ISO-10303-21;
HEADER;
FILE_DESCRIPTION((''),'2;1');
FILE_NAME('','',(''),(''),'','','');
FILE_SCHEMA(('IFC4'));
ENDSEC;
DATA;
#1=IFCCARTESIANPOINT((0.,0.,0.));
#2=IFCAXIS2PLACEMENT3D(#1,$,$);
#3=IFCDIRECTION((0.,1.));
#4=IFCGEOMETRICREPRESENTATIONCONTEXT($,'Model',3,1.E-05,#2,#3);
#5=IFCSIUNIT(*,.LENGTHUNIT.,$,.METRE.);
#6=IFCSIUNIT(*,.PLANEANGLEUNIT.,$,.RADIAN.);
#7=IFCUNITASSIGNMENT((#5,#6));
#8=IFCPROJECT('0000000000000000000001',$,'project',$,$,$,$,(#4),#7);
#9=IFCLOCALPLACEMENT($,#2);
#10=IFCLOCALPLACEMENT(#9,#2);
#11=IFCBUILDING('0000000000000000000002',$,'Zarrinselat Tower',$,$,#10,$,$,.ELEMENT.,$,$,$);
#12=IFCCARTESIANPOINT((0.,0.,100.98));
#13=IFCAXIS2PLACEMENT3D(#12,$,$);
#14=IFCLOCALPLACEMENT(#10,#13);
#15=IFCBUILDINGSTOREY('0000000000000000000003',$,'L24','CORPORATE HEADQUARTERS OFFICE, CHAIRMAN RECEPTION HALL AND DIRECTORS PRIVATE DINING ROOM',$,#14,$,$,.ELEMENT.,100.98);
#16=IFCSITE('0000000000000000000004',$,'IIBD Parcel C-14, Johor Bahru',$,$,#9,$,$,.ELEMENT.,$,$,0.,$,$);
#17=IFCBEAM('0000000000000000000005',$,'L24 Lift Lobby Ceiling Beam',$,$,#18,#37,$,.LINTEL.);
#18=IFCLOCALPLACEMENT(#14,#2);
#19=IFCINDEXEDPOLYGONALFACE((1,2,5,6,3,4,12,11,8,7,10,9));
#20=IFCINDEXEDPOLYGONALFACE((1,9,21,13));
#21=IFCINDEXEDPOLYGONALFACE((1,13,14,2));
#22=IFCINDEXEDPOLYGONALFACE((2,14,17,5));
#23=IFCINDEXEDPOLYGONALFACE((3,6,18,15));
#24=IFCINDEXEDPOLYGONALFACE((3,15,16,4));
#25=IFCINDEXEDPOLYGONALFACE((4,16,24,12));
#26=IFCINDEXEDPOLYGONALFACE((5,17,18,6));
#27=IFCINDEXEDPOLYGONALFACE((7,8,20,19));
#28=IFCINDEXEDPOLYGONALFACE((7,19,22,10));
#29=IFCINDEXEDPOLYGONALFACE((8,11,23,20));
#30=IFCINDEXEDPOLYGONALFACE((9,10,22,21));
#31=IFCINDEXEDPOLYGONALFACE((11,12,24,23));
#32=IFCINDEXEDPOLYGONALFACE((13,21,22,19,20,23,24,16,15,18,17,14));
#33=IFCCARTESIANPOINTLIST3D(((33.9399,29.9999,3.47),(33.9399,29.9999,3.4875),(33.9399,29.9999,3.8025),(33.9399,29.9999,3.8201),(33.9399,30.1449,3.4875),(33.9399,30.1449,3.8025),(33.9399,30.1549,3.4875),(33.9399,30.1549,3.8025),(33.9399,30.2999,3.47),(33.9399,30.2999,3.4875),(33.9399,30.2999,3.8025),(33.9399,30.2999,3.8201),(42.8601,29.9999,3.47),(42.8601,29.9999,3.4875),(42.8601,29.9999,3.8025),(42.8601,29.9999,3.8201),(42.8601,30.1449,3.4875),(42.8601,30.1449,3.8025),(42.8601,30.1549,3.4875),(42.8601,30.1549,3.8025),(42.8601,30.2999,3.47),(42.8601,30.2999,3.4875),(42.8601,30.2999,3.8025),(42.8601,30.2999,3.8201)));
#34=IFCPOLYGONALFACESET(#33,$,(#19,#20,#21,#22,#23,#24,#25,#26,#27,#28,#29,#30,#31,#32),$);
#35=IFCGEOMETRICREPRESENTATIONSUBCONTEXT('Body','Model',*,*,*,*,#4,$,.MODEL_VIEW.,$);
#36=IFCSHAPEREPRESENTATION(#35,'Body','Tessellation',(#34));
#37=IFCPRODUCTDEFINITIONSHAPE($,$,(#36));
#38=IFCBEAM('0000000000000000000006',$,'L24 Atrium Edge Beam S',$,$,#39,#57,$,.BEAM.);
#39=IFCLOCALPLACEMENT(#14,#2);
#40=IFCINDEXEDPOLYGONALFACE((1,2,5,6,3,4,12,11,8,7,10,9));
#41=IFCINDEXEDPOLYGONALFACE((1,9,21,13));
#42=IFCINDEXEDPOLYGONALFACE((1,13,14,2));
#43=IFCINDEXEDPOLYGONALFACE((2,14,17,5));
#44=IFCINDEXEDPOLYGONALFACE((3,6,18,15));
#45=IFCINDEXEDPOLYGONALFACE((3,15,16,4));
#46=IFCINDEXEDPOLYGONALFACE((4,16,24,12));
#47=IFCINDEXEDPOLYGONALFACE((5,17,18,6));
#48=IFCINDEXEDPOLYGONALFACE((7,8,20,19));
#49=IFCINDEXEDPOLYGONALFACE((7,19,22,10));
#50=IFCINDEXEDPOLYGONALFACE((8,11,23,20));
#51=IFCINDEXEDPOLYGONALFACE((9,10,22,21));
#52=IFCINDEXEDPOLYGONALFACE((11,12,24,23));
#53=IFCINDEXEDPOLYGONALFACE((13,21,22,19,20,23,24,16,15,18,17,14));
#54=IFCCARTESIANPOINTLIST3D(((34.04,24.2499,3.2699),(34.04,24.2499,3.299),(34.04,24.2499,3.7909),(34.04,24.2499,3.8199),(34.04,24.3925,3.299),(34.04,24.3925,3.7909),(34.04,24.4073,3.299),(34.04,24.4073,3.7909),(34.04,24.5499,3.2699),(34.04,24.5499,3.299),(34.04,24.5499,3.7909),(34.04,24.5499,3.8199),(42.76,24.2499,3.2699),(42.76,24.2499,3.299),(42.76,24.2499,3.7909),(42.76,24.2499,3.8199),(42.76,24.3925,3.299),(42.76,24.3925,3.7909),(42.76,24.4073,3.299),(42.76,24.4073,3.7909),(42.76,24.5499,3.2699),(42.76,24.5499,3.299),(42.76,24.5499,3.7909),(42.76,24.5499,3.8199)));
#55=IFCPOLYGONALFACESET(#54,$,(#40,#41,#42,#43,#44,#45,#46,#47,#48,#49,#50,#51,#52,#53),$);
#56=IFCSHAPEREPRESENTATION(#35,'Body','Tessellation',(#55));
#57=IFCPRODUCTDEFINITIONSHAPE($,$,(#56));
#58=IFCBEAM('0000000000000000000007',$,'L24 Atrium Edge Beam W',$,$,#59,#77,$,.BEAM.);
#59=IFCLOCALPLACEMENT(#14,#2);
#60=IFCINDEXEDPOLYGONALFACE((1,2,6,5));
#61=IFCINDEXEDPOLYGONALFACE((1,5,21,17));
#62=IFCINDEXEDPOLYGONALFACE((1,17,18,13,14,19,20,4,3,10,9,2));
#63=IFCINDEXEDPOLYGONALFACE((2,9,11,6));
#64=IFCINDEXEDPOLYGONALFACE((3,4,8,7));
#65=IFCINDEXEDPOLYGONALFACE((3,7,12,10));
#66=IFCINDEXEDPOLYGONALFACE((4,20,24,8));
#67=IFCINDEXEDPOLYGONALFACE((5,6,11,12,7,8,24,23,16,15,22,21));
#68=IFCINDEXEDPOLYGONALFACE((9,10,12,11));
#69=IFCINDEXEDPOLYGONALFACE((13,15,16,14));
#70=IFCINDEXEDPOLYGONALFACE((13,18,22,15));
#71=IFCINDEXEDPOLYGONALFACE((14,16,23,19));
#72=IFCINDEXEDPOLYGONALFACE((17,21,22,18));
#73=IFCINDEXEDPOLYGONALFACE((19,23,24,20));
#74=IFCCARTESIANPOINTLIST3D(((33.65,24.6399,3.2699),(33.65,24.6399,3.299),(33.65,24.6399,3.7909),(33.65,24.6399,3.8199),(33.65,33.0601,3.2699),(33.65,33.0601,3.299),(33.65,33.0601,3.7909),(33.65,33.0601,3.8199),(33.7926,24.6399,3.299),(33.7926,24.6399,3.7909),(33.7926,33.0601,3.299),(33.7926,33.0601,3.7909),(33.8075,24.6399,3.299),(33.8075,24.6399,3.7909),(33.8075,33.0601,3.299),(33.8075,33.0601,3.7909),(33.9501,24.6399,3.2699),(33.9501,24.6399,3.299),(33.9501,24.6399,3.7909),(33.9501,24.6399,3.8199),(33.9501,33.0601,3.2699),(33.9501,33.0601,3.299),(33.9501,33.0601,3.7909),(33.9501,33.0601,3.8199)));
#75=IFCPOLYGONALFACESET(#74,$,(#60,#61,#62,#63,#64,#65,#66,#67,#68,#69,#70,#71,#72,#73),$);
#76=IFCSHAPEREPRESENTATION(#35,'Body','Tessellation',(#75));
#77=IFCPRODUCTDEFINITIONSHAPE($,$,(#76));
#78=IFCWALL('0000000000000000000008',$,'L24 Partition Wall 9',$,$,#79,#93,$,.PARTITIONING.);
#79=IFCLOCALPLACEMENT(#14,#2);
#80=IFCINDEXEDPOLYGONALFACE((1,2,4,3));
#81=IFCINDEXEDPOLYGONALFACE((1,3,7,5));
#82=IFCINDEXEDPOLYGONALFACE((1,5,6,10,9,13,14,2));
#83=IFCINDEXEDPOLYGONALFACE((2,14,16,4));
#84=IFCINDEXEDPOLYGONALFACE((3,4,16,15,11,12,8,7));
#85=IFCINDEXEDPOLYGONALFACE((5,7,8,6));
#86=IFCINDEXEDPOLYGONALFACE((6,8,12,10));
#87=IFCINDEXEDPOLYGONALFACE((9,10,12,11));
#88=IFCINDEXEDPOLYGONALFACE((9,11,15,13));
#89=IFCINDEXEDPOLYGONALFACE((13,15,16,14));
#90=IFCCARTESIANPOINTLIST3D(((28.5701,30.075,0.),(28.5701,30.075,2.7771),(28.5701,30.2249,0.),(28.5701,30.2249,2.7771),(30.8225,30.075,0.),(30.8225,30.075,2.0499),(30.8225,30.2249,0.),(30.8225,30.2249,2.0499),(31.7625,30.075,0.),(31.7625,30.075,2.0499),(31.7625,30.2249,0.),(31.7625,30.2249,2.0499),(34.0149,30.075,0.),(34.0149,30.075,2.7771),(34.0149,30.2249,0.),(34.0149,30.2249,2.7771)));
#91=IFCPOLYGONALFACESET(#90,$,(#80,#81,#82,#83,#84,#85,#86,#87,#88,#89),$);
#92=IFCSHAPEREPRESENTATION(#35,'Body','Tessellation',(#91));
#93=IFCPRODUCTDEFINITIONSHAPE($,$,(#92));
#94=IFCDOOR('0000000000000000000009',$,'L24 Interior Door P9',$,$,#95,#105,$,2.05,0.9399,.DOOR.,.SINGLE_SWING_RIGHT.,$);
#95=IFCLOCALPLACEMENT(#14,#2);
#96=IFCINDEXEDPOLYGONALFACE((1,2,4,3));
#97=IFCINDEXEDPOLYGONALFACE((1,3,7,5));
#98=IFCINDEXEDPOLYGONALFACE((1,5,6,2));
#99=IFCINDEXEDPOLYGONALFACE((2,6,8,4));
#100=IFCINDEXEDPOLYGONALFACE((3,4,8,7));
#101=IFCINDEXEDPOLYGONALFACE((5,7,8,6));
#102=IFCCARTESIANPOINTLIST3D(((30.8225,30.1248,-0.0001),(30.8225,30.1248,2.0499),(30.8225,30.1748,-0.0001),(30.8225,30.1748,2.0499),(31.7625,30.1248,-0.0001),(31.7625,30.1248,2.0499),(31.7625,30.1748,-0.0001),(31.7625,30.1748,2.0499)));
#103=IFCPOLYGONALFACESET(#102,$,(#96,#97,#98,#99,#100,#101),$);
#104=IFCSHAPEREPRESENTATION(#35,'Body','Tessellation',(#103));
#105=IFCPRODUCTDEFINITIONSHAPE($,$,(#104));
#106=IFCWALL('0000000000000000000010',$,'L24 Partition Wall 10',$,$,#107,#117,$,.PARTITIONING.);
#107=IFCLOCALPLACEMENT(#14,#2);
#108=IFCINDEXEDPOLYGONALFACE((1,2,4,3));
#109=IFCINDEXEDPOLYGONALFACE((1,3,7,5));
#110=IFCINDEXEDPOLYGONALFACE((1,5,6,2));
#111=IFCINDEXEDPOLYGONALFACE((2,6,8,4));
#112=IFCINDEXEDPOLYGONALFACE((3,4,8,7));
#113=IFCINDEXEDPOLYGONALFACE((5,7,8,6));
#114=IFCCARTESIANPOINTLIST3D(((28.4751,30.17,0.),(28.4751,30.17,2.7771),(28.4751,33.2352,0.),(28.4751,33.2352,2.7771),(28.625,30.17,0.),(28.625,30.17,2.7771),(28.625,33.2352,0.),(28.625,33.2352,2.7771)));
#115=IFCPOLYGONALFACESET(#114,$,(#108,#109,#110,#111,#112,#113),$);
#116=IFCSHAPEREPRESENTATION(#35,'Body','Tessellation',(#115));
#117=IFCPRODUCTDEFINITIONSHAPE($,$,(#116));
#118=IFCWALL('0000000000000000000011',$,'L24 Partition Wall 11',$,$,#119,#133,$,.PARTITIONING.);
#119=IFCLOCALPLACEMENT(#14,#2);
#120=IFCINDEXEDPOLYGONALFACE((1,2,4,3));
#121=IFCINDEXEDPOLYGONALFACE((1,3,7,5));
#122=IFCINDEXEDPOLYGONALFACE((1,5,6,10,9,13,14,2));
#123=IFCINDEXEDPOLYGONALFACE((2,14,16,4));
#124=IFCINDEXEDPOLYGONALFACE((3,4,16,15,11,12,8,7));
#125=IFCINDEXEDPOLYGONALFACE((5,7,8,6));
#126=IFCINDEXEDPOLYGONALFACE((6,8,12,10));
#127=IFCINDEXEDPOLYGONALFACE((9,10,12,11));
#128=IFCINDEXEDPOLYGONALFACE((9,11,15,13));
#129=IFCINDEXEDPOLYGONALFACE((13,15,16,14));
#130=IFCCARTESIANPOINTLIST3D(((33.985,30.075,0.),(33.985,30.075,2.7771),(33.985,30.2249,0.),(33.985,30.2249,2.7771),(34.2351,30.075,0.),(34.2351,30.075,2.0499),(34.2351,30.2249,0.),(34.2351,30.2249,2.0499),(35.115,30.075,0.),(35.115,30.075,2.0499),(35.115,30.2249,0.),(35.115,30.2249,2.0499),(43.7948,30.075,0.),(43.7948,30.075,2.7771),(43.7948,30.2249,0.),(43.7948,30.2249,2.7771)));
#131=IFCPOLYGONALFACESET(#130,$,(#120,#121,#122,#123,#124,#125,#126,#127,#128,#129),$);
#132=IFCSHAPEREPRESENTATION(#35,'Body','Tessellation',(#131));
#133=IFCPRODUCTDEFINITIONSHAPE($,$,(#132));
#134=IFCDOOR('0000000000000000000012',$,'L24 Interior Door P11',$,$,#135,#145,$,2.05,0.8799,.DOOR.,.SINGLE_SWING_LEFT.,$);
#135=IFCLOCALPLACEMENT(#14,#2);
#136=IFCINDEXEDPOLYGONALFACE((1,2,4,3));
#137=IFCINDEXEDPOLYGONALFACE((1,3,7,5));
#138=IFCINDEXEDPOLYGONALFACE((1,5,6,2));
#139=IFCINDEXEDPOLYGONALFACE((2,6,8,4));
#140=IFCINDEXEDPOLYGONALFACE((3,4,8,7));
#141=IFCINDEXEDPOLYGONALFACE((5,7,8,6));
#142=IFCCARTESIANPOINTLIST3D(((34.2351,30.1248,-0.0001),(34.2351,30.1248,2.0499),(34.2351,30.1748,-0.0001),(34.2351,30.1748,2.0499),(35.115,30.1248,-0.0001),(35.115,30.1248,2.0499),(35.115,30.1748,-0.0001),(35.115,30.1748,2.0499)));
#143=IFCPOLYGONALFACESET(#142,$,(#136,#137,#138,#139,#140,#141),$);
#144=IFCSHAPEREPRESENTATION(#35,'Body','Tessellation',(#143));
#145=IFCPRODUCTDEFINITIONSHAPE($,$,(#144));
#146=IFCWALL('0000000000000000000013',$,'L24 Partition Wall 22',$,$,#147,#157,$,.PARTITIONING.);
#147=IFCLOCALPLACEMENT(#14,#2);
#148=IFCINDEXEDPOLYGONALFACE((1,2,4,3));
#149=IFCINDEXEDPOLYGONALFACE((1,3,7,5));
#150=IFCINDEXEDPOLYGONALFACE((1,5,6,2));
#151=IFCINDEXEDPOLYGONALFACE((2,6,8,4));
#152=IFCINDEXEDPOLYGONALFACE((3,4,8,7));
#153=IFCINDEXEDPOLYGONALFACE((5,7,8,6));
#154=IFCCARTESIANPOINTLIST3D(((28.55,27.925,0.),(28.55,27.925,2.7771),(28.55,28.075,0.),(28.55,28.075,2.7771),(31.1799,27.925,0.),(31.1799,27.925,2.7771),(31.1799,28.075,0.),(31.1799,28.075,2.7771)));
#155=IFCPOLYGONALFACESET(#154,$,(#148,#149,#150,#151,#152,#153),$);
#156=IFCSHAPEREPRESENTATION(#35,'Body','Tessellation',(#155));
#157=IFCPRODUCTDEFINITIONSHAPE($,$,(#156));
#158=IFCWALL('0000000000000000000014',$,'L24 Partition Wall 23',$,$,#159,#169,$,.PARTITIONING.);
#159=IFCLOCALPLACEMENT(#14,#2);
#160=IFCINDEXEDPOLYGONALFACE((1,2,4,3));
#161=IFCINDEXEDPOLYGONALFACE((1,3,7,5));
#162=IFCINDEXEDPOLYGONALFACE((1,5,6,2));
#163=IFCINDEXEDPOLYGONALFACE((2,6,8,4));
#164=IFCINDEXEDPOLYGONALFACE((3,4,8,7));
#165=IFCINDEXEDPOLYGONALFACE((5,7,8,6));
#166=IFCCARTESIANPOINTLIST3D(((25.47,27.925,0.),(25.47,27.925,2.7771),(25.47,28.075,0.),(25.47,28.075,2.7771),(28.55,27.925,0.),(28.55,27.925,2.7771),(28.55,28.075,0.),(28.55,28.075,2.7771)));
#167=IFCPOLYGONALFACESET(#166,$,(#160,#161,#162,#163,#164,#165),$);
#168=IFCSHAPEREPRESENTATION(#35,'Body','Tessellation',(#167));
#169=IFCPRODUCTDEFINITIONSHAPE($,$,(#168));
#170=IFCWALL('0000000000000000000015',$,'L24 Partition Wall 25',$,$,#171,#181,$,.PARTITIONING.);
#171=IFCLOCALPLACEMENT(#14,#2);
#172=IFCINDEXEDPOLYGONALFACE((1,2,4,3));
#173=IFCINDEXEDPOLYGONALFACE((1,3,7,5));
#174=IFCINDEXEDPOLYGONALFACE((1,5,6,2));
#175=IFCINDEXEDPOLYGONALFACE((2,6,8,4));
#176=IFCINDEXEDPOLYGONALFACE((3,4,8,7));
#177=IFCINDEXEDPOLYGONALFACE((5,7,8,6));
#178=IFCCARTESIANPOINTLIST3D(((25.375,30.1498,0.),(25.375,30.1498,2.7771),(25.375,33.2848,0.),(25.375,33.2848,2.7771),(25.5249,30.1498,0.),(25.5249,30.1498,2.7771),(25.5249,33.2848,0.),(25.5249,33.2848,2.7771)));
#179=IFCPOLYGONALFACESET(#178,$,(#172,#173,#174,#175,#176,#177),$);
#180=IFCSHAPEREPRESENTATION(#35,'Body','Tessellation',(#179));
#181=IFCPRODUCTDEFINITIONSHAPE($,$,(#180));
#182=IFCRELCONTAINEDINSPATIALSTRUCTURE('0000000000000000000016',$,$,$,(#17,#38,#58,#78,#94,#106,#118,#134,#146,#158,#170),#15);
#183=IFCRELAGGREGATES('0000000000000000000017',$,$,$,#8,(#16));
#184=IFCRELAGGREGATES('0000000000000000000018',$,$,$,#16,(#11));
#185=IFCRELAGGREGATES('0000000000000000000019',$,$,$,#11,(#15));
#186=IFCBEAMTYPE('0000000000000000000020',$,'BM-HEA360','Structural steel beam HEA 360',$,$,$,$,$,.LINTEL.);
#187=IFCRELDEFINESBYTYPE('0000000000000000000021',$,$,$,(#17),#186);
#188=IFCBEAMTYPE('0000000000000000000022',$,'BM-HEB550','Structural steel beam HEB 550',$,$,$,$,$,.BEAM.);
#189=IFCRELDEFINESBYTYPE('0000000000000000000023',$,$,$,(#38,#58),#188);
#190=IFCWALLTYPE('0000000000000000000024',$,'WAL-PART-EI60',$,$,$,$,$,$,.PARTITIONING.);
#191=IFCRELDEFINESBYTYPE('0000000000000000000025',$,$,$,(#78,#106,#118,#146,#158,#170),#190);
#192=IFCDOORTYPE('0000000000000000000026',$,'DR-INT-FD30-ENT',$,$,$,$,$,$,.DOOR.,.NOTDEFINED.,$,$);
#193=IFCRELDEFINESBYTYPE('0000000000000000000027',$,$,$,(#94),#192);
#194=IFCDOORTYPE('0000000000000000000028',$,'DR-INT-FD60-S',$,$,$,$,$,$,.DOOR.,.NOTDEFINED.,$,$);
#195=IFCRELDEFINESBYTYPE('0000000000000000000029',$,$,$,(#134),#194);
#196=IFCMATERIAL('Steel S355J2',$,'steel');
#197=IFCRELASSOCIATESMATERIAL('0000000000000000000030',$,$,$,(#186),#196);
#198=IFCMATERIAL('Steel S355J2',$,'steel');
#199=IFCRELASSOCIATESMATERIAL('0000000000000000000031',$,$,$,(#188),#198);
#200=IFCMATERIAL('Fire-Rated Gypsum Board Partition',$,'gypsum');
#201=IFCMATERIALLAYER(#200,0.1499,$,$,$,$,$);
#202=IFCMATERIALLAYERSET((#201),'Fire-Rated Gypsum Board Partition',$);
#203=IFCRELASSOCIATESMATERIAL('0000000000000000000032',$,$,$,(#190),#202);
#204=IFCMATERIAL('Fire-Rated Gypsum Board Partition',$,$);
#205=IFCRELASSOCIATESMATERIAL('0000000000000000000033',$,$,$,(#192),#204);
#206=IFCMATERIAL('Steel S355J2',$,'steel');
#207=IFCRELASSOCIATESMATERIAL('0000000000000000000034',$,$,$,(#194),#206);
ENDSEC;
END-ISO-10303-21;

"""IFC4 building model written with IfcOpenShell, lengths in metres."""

from ifc_helpers import new_model, si_unit, direction, frame, frame_2d, origin, origin_2d, place, context, subcontext, project, spatial, rectangle, i_section, extrude, material, layer, layer_set, material_profile, profile_set, type_object, element, fill, save


model = new_model("IFC4")

# Units and contexts
model_context = context("Model", 3, precision=1e-05, world=origin(), true_north=direction((0.0, 1.0)))
body_context = subcontext(model_context, "Body", "Model", "MODEL_VIEW")
ifc_project = project(units=[si_unit("LENGTHUNIT", "METRE"), si_unit("PLANEANGLEUNIT", "RADIAN")], contexts=[model_context])

# Site, building, storey
site_placement = place(None, origin())
site = spatial("IfcSite", under=ifc_project, at=site_placement, Name="IIBD Parcel C-14, Johor Bahru", CompositionType="ELEMENT", RefElevation=0.0)
building_placement = place(site_placement, origin())
building = spatial("IfcBuilding", under=site, at=building_placement, Name="Zarrinselat Tower", CompositionType="ELEMENT")
storey_placement = place(building_placement, frame((0.0, 0.0, 100.98)))
storey = spatial("IfcBuildingStorey", under=building, at=storey_placement, Name="L24", Description="CORPORATE HEADQUARTERS OFFICE, CHAIRMAN RECEPTION HALL AND DIRECTORS PRIVATE DINING ROOM", CompositionType="ELEMENT", Elevation=100.98)

# Beams
ifc_material_1 = material(Name="Steel S355J2", Category="steel")
ifc_material_profile_1 = material_profile(ifc_material_1, i_section(OverallWidth=0.3, OverallDepth=0.3501, WebThickness=0.01, FlangeThickness=0.0176, at=origin_2d()), Name="HEA 360")
ifc_profile_set_1 = profile_set([ifc_material_profile_1], Name="Steel S355J2")
beam_type_1 = type_object("IfcBeamType", Name="BM-HEA360", Description="Structural steel beam HEA 360", PredefinedType="LINTEL", material=ifc_profile_set_1)
beam_1_placement = place(storey_placement, frame((33.9399, 30.1499, 3.645), z_axis=(1.0, 0.0, 0.0), x_axis=(0.0, 1.0, 0.0)))
element("IfcBeam", 1, at=beam_1_placement, inside=storey, type_object=beam_type_1, Name="L24 Lift Lobby Ceiling Beam", PredefinedType="LINTEL", context=body_context, shape_type="SweptSolid", body=[
    extrude(i_section(OverallWidth=0.3, OverallDepth=0.3501, WebThickness=0.01, FlangeThickness=0.0176, at=origin_2d()), origin(), (0.0, 0.0, 1.0), 8.9202),
])
ifc_material_2 = material(Name="Steel S355J2", Category="steel")
ifc_material_profile_2 = material_profile(ifc_material_2, i_section(OverallWidth=0.3, OverallDepth=0.55, WebThickness=0.0149, FlangeThickness=0.0291, at=origin_2d()), Name="HEB 550")
ifc_profile_set_2 = profile_set([ifc_material_profile_2], Name="Steel S355J2")
beam_type_2 = type_object("IfcBeamType", Name="BM-HEB550", Description="Structural steel beam HEB 550", PredefinedType="BEAM", material=ifc_profile_set_2)
beam_2_placement = place(storey_placement, frame((34.04, 24.3999, 3.5449), z_axis=(1.0, 0.0, 0.0), x_axis=(0.0, 1.0, 0.0)))
element("IfcBeam", 2, at=beam_2_placement, inside=storey, type_object=beam_type_2, Name="L24 Atrium Edge Beam S", PredefinedType="BEAM", context=body_context, shape_type="SweptSolid", body=[
    extrude(i_section(OverallWidth=0.3, OverallDepth=0.55, WebThickness=0.0149, FlangeThickness=0.0291, at=origin_2d()), origin(), (0.0, 0.0, 1.0), 8.72),
])
beam_3_placement = place(storey_placement, frame((33.8, 24.6399, 3.5449), z_axis=(0.0, 1.0, 0.0), x_axis=(-1.0, 0.0, 0.0)))
element("IfcBeam", 3, at=beam_3_placement, inside=storey, type_object=beam_type_2, Name="L24 Atrium Edge Beam W", PredefinedType="BEAM", context=body_context, shape_type="SweptSolid", body=[
    extrude(i_section(OverallWidth=0.3, OverallDepth=0.55, WebThickness=0.0149, FlangeThickness=0.0291, at=origin_2d()), origin(), (0.0, 0.0, 1.0), 8.4202),
])

# Wall, opening, door
ifc_material_3 = material(Name="Fire-Rated Gypsum Board Partition", Category="gypsum")
ifc_layer_1 = layer(ifc_material_3, 0.1499)
ifc_layer_set_1 = layer_set([ifc_layer_1], Name="Fire-Rated Gypsum Board Partition")
wall_type_1 = type_object("IfcWallType", Name="WAL-PART-EI60", PredefinedType="PARTITIONING", material=ifc_layer_set_1)
wall_1_placement = place(storey_placement, frame((28.5701, 30.1499, 0.0), z_axis=(0.0, 0.0, 1.0), x_axis=(1.0, 0.0, 0.0)))
wall_1 = element("IfcWall", 4, at=wall_1_placement, inside=storey, type_object=wall_type_1, Name="L24 Partition Wall 9", PredefinedType="PARTITIONING", context=body_context, shape_type="SweptSolid", body=[
    extrude(rectangle(XDim=5.4448, YDim=0.1499, at=frame_2d((2.7224, 0.0))), origin(), (0.0, 0.0, 1.0), 2.7771),
])
opening_1_placement = place(wall_1_placement, frame((2.2524, 0.0, 0.0)))
opening_1 = element("IfcOpeningElement", 5, at=opening_1_placement, cuts=wall_1, PredefinedType="OPENING", context=body_context, shape_type="SweptSolid", body=[
    extrude(rectangle(XDim=0.9399, YDim=2.05, at=frame_2d((0.47, 1.0249))), frame((0.0, 0.085, 0.0), z_axis=(0.0, -1.0, 0.0), x_axis=(1.0, 0.0, 0.0)), (0.0, 0.0, 1.0), 0.1699),
])
ifc_material_4 = material(Name="Fire-Rated Gypsum Board Partition")
door_type_1 = type_object("IfcDoorType", Name="DR-INT-FD30-ENT", OperationType="NOTDEFINED", PredefinedType="DOOR", material=ifc_material_4)
door_1_placement = place(opening_1_placement, origin())
door_1 = element("IfcDoor", 6, at=door_1_placement, inside=storey, type_object=door_type_1, Name="L24 Interior Door P9", OperationType="SINGLE_SWING_RIGHT", OverallHeight=2.05, OverallWidth=0.9399, PredefinedType="DOOR", context=body_context, shape_type="SweptSolid", body=[
    extrude(rectangle(XDim=0.9399, YDim=2.05, at=frame_2d((0.47, 1.0249))), frame((0.0, 0.0249, 0.0), z_axis=(0.0, -1.0, 0.0), x_axis=(1.0, 0.0, 0.0)), (0.0, 0.0, 1.0), 0.05),
])
fill(opening_1, door_1)

# Wall
wall_2_placement = place(storey_placement, frame((28.55, 30.1699, 0.0), z_axis=(0.0, 0.0, 1.0), x_axis=(0.0, 1.0, 0.0)))
element("IfcWall", 7, at=wall_2_placement, inside=storey, type_object=wall_type_1, Name="L24 Partition Wall 10", PredefinedType="PARTITIONING", context=body_context, shape_type="SweptSolid", body=[
    extrude(rectangle(XDim=3.0652, YDim=0.1499, at=frame_2d((1.5327, 0.0))), origin(), (0.0, 0.0, 1.0), 2.7771),
])

# Wall, opening, door
wall_3_placement = place(storey_placement, frame((33.9851, 30.1499, 0.0), z_axis=(0.0, 0.0, 1.0), x_axis=(1.0, 0.0, 0.0)))
wall_3 = element("IfcWall", 8, at=wall_3_placement, inside=storey, type_object=wall_type_1, Name="L24 Partition Wall 11", PredefinedType="PARTITIONING", context=body_context, shape_type="SweptSolid", body=[
    extrude(rectangle(XDim=9.8098, YDim=0.1499, at=frame_2d((4.9048, 0.0))), origin(), (0.0, 0.0, 1.0), 2.7771),
])
opening_2_placement = place(wall_3_placement, frame((0.25, 0.0, 0.0)))
opening_2 = element("IfcOpeningElement", 9, at=opening_2_placement, cuts=wall_3, PredefinedType="OPENING", context=body_context, shape_type="SweptSolid", body=[
    extrude(rectangle(XDim=0.8799, YDim=2.05, at=frame_2d((0.4399, 1.0249))), frame((0.0, 0.085, 0.0), z_axis=(0.0, -1.0, 0.0), x_axis=(1.0, 0.0, 0.0)), (0.0, 0.0, 1.0), 0.1699),
])
ifc_material_5 = material(Name="Steel S355J2", Category="steel")
door_type_2 = type_object("IfcDoorType", Name="DR-INT-FD60-S", OperationType="NOTDEFINED", PredefinedType="DOOR", material=ifc_material_5)
door_2_placement = place(opening_2_placement, origin())
door_2 = element("IfcDoor", 10, at=door_2_placement, inside=storey, type_object=door_type_2, Name="L24 Interior Door P11", OperationType="SINGLE_SWING_LEFT", OverallHeight=2.05, OverallWidth=0.8799, PredefinedType="DOOR", context=body_context, shape_type="SweptSolid", body=[
    extrude(rectangle(XDim=0.8799, YDim=2.05, at=frame_2d((0.4399, 1.0249))), frame((0.0, 0.0249, 0.0), z_axis=(0.0, -1.0, 0.0), x_axis=(1.0, 0.0, 0.0)), (0.0, 0.0, 1.0), 0.05),
])
fill(opening_2, door_2)

# Walls
wall_4_placement = place(storey_placement, frame((28.55, 28.0, 0.0), z_axis=(0.0, 0.0, 1.0), x_axis=(1.0, 0.0, 0.0)))
element("IfcWall", 11, at=wall_4_placement, inside=storey, type_object=wall_type_1, Name="L24 Partition Wall 22", PredefinedType="PARTITIONING", context=body_context, shape_type="SweptSolid", body=[
    extrude(rectangle(XDim=2.6299, YDim=0.1499, at=frame_2d((1.3149, 0.0))), origin(), (0.0, 0.0, 1.0), 2.7771),
])
wall_5_placement = place(storey_placement, frame((25.47, 28.0, 0.0), z_axis=(0.0, 0.0, 1.0), x_axis=(1.0, 0.0, 0.0)))
element("IfcWall", 12, at=wall_5_placement, inside=storey, type_object=wall_type_1, Name="L24 Partition Wall 23", PredefinedType="PARTITIONING", context=body_context, shape_type="SweptSolid", body=[
    extrude(rectangle(XDim=3.0801, YDim=0.1499, at=frame_2d((1.54, 0.0))), origin(), (0.0, 0.0, 1.0), 2.7771),
])
wall_6_placement = place(storey_placement, frame((25.45, 30.1499, 0.0), z_axis=(0.0, 0.0, 1.0), x_axis=(0.0, 1.0, 0.0)))
element("IfcWall", 13, at=wall_6_placement, inside=storey, type_object=wall_type_1, Name="L24 Partition Wall 25", PredefinedType="PARTITIONING", context=body_context, shape_type="SweptSolid", body=[
    extrude(rectangle(XDim=3.135, YDim=0.1499, at=frame_2d((1.5674, 0.0))), origin(), (0.0, 0.0, 1.0), 2.7771),
])

save(model, "model.ifc")
